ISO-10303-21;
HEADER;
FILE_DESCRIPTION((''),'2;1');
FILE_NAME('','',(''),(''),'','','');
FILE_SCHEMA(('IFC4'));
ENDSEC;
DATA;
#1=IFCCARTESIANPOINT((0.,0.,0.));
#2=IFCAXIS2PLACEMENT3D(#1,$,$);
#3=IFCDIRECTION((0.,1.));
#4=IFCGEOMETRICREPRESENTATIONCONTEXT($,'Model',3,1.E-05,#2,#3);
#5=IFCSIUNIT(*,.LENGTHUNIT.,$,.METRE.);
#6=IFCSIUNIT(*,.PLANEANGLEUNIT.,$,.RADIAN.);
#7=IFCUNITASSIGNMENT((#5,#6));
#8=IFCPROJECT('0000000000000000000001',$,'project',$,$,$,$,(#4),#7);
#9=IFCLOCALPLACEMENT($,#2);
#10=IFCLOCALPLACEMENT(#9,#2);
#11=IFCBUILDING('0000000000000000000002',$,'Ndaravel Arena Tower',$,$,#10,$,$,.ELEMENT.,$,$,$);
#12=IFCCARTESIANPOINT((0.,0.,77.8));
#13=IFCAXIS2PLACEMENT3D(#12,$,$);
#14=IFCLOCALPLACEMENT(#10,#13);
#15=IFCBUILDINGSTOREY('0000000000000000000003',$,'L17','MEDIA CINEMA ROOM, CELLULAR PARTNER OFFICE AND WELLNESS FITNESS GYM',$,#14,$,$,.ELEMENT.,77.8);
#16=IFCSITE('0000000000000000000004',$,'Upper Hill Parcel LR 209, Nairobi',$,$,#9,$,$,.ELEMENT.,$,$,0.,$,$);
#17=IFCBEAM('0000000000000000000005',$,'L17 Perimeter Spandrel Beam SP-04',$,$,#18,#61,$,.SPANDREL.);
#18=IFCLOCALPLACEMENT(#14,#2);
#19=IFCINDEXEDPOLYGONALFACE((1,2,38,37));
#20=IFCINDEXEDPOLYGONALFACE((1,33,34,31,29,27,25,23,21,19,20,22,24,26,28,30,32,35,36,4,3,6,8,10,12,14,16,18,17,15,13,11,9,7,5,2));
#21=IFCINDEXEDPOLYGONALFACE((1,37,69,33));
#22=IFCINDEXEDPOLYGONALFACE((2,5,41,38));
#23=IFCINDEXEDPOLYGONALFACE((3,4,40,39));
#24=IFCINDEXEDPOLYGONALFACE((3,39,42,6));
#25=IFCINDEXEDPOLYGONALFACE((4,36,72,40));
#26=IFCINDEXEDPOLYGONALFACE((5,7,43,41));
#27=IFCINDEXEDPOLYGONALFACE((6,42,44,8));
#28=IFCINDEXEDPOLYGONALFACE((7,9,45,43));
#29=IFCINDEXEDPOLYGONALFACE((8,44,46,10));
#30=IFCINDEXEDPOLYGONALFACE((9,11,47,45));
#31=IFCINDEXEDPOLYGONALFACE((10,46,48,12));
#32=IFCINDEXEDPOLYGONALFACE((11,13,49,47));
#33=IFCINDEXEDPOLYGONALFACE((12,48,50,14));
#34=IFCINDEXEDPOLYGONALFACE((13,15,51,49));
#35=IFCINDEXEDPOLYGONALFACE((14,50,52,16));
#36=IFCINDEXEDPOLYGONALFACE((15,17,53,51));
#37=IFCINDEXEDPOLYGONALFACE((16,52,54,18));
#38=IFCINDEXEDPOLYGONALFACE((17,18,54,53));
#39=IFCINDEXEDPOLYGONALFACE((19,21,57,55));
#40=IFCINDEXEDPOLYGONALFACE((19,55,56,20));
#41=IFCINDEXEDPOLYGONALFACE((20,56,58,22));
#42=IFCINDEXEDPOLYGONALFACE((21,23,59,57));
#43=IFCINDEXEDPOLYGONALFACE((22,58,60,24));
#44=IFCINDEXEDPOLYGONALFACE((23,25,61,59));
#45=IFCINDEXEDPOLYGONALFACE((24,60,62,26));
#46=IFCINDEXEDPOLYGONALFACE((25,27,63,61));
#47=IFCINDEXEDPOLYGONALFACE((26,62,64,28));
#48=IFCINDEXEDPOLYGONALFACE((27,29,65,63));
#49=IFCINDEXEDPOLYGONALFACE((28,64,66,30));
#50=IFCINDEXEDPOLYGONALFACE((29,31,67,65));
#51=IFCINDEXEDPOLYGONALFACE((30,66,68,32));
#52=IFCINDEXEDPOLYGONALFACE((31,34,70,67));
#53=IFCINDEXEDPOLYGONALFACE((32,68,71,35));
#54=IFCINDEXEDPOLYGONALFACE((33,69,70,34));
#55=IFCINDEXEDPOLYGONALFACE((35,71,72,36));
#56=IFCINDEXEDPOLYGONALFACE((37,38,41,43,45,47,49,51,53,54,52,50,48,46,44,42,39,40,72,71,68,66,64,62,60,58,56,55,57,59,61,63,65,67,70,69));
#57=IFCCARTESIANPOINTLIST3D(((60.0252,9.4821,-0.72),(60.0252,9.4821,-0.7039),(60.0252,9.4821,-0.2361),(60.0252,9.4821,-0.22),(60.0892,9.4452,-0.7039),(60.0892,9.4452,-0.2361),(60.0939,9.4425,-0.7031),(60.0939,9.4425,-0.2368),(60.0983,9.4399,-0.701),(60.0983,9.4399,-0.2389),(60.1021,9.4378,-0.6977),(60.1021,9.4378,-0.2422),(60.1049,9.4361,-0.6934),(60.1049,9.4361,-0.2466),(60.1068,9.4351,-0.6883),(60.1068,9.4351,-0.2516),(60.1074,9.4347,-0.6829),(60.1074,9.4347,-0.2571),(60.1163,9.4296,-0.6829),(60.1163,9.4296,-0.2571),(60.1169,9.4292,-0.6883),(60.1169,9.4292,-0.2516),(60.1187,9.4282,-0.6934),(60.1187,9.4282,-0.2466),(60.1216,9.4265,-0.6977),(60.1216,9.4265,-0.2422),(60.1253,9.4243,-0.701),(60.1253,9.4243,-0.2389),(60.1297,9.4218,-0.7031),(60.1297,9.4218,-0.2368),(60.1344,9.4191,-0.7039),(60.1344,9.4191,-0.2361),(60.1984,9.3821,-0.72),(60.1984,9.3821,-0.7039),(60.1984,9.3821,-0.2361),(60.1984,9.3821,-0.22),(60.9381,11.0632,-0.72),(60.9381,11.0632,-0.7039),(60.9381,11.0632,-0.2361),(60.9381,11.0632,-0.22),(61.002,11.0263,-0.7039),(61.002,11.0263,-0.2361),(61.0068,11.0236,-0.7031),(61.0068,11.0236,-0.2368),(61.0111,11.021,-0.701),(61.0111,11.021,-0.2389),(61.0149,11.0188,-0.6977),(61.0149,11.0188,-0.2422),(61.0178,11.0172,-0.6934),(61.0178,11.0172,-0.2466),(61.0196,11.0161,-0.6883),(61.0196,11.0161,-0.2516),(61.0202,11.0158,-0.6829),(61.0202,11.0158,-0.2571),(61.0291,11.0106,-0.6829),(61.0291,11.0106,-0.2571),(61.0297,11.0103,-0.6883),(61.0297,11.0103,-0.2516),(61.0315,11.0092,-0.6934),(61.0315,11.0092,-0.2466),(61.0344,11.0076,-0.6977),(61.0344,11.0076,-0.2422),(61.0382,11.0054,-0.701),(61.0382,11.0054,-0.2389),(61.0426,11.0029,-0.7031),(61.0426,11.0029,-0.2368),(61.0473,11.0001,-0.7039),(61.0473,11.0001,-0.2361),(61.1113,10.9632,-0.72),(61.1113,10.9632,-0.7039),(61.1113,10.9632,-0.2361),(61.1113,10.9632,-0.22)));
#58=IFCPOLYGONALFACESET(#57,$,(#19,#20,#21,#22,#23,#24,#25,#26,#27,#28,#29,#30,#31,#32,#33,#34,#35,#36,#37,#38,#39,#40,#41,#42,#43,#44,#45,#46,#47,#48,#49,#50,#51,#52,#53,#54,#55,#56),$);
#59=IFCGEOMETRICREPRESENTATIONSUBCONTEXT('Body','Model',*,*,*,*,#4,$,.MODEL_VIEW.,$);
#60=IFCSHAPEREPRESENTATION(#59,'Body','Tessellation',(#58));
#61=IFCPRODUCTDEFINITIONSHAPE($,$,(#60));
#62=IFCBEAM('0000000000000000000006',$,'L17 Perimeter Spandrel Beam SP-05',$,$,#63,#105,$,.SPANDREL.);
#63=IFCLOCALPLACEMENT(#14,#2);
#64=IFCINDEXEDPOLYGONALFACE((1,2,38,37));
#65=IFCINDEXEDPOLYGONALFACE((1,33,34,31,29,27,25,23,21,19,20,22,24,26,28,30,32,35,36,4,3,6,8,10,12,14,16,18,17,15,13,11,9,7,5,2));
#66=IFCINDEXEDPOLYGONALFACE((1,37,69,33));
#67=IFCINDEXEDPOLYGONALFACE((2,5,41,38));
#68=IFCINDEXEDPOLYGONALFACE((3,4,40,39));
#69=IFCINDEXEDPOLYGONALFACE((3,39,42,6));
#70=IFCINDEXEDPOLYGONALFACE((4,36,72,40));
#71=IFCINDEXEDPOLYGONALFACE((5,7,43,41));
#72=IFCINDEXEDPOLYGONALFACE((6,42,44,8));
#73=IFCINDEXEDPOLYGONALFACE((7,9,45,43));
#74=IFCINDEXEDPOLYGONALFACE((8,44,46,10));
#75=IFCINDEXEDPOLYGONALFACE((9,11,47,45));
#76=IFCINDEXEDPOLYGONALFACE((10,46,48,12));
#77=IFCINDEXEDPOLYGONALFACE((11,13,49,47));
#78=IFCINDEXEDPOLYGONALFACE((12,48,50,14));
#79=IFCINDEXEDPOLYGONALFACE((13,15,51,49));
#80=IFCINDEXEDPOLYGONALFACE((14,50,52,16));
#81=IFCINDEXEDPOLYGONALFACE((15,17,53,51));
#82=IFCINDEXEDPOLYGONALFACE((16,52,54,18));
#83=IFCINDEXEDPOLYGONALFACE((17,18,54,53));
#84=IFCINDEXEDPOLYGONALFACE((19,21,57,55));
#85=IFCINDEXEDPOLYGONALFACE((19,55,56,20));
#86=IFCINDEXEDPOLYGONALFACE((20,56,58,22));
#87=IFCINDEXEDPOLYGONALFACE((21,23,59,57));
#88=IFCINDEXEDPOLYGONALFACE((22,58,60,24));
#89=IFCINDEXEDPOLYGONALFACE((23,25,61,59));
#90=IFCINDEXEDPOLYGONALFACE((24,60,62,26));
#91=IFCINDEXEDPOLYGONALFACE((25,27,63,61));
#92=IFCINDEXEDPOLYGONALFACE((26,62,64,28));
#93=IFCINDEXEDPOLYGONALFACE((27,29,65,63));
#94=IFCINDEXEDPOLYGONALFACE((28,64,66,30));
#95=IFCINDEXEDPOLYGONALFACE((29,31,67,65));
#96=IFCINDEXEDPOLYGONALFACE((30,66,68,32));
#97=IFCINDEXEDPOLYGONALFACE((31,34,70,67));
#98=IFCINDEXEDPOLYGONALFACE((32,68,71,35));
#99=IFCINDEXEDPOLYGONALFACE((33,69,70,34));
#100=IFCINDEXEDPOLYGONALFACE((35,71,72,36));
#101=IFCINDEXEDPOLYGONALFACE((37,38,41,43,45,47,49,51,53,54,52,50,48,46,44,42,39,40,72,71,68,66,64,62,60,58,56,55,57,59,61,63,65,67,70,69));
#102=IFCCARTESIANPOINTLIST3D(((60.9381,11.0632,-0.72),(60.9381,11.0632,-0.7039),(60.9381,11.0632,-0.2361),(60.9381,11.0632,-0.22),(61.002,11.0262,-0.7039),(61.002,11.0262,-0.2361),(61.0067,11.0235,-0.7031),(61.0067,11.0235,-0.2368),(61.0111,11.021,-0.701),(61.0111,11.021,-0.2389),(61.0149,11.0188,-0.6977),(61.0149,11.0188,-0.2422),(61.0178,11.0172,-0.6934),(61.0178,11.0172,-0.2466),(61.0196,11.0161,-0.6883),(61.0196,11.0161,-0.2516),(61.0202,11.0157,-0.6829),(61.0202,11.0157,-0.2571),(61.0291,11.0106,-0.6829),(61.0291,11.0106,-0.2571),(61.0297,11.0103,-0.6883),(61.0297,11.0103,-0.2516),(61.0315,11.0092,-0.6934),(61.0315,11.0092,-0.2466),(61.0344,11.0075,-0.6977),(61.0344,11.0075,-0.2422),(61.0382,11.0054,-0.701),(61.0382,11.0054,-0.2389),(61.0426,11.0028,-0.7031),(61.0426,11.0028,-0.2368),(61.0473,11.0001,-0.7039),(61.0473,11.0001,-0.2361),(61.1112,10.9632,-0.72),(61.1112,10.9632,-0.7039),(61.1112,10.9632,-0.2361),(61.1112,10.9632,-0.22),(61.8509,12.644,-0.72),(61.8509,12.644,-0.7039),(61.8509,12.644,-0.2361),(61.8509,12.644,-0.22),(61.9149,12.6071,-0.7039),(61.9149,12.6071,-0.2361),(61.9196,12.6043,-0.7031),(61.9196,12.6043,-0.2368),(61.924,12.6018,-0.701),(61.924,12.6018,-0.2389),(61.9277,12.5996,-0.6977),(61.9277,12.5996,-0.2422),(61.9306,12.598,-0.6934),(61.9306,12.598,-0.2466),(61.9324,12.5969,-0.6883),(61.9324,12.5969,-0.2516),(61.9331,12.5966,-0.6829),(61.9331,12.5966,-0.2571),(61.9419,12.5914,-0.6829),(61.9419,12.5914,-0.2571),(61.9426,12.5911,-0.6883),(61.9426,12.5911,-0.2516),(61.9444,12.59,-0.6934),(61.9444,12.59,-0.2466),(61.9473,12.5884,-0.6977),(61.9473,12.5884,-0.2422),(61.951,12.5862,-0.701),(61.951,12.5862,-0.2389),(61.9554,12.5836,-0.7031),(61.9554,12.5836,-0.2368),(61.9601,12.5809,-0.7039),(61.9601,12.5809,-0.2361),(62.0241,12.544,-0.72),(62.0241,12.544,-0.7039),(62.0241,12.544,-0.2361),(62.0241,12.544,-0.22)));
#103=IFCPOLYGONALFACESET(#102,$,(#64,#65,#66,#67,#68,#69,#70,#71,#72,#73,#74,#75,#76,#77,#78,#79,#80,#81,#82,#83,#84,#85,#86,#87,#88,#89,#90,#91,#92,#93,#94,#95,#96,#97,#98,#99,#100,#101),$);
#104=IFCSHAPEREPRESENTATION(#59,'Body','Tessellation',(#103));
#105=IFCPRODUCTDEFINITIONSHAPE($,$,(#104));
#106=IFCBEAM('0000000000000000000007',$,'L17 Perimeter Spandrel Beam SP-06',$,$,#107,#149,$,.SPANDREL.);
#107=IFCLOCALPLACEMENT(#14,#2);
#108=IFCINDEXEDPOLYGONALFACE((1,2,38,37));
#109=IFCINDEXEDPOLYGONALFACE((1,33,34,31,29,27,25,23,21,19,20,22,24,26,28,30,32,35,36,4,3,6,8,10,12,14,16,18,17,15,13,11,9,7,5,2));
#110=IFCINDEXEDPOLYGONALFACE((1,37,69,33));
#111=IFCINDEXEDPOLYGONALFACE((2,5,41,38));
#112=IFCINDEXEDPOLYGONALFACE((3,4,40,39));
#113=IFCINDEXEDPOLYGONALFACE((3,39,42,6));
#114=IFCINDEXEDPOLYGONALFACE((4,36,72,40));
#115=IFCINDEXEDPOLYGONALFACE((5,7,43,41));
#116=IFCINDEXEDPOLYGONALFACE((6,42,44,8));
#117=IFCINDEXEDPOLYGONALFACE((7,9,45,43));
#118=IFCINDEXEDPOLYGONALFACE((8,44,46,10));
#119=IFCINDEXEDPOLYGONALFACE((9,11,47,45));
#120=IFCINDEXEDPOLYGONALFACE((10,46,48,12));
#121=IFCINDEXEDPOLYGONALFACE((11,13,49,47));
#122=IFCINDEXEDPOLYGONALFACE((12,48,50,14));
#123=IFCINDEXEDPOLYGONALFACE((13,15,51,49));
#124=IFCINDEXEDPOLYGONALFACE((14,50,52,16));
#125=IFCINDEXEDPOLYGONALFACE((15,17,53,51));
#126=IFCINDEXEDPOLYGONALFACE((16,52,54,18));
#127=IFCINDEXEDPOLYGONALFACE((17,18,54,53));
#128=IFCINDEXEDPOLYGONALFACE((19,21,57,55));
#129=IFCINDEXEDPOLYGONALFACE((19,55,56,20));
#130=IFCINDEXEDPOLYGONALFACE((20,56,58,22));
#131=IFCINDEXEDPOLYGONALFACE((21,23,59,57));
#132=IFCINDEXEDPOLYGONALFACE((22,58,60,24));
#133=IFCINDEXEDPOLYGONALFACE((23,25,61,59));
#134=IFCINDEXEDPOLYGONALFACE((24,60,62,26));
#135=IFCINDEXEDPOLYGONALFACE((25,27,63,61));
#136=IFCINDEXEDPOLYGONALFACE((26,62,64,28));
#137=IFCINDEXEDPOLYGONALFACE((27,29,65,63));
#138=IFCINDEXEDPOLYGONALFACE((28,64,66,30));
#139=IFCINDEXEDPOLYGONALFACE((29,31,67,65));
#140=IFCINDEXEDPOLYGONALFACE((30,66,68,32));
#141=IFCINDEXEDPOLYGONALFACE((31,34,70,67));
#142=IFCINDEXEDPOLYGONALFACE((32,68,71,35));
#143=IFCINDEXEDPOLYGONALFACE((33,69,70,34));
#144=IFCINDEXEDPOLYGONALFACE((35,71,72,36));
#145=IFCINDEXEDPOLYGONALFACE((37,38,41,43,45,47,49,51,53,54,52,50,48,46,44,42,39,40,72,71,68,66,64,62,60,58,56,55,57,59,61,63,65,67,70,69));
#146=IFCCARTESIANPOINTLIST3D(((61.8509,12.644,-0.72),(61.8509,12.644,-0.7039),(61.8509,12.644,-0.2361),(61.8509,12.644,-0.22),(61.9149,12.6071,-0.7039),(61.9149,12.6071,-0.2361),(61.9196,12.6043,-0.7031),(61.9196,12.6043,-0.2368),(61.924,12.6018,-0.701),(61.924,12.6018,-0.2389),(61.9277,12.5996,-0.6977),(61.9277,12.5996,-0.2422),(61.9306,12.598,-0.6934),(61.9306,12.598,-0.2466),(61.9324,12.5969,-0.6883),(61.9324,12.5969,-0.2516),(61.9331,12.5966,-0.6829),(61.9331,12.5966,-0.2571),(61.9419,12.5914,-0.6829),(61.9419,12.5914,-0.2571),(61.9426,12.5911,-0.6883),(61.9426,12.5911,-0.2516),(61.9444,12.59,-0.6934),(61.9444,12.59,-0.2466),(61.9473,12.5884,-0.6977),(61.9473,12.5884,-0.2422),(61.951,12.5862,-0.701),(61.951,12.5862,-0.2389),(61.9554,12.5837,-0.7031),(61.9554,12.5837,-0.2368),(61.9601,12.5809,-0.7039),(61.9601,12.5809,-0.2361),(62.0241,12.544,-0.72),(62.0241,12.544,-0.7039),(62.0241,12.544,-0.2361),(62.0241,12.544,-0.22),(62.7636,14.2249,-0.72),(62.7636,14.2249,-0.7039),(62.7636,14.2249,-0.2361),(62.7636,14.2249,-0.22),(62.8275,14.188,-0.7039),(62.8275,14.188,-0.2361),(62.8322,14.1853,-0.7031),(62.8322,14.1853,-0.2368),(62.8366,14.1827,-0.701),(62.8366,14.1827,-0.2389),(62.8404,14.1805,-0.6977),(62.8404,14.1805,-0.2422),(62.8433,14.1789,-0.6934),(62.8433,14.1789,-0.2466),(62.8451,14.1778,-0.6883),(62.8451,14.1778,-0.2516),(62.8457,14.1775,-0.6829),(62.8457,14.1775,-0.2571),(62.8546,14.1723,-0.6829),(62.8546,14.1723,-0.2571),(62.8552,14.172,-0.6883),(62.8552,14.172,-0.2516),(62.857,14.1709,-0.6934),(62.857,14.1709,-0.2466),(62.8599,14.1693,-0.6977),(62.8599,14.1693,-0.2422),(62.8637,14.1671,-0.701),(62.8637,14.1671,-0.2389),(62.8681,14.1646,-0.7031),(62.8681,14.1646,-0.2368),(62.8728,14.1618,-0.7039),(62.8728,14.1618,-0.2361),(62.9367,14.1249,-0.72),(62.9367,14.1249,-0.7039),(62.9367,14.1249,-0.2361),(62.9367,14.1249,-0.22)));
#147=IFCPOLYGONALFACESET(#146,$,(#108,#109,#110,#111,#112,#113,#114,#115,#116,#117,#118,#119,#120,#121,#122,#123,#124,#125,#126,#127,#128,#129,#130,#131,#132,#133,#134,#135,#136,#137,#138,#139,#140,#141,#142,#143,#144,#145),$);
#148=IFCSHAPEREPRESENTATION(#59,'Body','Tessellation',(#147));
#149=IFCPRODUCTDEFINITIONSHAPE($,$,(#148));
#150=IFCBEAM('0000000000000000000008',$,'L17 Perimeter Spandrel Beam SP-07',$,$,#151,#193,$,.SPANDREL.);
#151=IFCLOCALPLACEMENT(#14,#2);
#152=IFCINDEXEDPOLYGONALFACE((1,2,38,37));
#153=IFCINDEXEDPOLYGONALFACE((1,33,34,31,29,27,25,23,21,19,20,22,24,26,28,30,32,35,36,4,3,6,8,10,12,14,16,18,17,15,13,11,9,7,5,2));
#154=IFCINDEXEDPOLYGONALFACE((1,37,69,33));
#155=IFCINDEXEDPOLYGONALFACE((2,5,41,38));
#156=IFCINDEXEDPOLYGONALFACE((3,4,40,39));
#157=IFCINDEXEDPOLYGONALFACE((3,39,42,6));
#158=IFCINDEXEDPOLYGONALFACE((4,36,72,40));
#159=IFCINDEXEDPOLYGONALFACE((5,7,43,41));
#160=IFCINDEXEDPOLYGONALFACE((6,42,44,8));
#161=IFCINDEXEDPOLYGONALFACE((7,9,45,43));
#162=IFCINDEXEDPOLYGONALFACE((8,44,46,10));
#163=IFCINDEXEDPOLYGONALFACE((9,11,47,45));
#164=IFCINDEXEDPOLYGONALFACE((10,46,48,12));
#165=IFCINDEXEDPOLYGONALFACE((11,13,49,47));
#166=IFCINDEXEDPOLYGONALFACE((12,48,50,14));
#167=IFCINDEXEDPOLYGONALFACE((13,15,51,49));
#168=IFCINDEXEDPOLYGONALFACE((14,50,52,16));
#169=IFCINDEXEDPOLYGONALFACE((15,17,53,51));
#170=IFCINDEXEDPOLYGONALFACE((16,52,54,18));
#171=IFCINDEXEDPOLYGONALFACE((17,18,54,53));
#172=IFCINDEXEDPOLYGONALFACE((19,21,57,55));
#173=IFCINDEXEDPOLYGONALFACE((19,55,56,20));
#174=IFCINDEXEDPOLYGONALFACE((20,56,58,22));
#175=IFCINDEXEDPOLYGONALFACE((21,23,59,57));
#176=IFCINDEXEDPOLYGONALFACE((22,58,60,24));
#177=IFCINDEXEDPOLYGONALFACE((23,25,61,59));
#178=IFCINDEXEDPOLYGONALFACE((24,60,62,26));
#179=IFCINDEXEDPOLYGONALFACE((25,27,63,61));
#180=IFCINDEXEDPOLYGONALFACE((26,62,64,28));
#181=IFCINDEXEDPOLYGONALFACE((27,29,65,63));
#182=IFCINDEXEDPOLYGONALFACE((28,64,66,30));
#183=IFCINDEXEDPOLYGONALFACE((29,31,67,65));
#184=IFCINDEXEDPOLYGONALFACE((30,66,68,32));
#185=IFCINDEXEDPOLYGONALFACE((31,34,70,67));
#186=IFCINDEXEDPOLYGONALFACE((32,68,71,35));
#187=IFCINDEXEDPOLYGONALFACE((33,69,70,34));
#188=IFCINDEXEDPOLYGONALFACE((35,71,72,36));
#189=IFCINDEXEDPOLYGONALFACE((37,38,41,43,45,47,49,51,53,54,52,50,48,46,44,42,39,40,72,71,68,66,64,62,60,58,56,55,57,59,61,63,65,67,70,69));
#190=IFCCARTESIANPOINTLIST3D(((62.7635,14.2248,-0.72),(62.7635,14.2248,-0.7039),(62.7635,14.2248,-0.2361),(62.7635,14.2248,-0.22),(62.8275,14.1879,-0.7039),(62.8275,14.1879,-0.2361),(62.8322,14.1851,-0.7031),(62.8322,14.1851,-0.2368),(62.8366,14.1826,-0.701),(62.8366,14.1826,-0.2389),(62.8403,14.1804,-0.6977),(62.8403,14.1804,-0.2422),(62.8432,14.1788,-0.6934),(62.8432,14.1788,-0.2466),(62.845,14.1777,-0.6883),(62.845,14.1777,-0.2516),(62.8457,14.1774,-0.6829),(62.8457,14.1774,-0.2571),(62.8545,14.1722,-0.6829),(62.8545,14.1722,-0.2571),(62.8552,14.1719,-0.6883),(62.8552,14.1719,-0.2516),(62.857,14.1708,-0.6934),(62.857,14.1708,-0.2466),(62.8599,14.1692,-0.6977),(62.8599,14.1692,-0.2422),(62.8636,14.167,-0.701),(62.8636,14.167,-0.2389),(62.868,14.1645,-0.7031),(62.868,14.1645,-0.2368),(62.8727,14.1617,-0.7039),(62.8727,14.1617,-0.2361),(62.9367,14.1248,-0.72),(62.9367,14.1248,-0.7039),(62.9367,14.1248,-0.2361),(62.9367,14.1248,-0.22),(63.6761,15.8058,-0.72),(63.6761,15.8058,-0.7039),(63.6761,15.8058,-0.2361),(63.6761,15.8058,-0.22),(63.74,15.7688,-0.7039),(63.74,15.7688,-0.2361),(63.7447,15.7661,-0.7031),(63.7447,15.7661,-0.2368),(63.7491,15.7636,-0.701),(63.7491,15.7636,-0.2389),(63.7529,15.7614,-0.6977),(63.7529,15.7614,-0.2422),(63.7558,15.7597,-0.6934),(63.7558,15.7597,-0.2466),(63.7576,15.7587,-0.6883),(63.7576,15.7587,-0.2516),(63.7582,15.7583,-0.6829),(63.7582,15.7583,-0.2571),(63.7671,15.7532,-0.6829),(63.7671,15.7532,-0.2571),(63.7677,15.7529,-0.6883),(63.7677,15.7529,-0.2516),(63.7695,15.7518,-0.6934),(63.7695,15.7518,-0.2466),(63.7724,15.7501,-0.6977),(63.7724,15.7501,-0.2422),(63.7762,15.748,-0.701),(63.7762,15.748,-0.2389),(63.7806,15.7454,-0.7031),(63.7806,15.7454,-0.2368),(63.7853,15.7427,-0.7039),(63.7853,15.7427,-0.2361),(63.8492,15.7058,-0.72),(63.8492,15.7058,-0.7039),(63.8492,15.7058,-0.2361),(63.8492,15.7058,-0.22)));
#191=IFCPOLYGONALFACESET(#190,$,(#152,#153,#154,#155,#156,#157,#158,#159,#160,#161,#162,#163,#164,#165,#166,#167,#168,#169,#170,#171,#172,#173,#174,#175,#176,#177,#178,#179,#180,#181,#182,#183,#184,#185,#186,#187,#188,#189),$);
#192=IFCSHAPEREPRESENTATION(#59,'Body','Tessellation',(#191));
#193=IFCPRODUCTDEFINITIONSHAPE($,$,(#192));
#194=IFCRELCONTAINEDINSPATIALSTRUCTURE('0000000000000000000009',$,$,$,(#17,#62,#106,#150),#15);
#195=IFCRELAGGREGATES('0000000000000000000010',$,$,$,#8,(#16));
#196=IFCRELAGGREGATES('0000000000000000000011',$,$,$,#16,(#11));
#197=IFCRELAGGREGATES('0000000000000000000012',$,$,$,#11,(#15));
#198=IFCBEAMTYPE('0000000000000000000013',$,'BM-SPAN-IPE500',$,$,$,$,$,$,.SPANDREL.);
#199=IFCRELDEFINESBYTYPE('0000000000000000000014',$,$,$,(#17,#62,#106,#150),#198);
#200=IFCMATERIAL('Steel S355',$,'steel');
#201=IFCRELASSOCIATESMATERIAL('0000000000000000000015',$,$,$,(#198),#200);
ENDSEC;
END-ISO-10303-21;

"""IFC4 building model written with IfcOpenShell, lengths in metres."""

from ifc_helpers import new_model, si_unit, direction, frame, origin, origin_2d, place, context, subcontext, project, spatial, i_section, extrude, material, material_profile, profile_set, type_object, element, save


model = new_model("IFC4")

# Units and contexts
model_context = context("Model", 3, precision=1e-05, world=origin(), true_north=direction((0.0, 1.0)))
body_context = subcontext(model_context, "Body", "Model", "MODEL_VIEW")
ifc_project = project(units=[si_unit("LENGTHUNIT", "METRE"), si_unit("PLANEANGLEUNIT", "RADIAN")], contexts=[model_context])

# Site, building, storey
site_placement = place(None, origin())
site = spatial("IfcSite", under=ifc_project, at=site_placement, Name="Upper Hill Parcel LR 209, Nairobi", CompositionType="ELEMENT", RefElevation=0.0)
building_placement = place(site_placement, origin())
building = spatial("IfcBuilding", under=site, at=building_placement, Name="Ndaravel Arena Tower", CompositionType="ELEMENT")
storey_placement = place(building_placement, frame((0.0, 0.0, 77.8)))
storey = spatial("IfcBuildingStorey", under=building, at=storey_placement, Name="L17", Description="MEDIA CINEMA ROOM, CELLULAR PARTNER OFFICE AND WELLNESS FITNESS GYM", CompositionType="ELEMENT", Elevation=77.8)

# Beams
ifc_material_1 = material(Name="Steel S355", Category="steel")
ifc_material_profile_1 = material_profile(ifc_material_1, i_section(OverallWidth=0.2, OverallDepth=0.5, WebThickness=0.0103, FlangeThickness=0.0161, FilletRadius=0.021, at=origin_2d()), Name="IPE 500")
ifc_profile_set_1 = profile_set([ifc_material_profile_1], Name="Steel S355")
beam_type = type_object("IfcBeamType", Name="BM-SPAN-IPE500", PredefinedType="SPANDREL", material=ifc_profile_set_1)
beam_placement = place(storey_placement, frame((60.1118, 9.4321, -0.47), z_axis=(0.500008, 0.866021, 0.0), x_axis=(-0.866021, 0.500008, 0.0)))
element("IfcBeam", 1, at=beam_placement, inside=storey, type_object=beam_type, Name="L17 Perimeter Spandrel Beam SP-04", PredefinedType="SPANDREL", context=body_context, shape_type="SweptSolid", body=[
    extrude(i_section(OverallWidth=0.2, OverallDepth=0.5, WebThickness=0.0103, FlangeThickness=0.0161, FilletRadius=0.021, at=origin_2d()), origin(), (0.0, 0.0, 1.0), 1.8257),
])
for number, where, z_axis, x_axis, name in (
    (2, (61.0247, 11.0132, -0.47), (0.500066, 0.865987, 0.0), (-0.865987, 0.500066, 0.0), "L17 Perimeter Spandrel Beam SP-05"),
    (3, (61.9375, 12.594, -0.47), (0.499966, 0.866045, 0.0), (-0.866045, 0.499966, 0.0), "L17 Perimeter Spandrel Beam SP-06"),
    (4, (62.8501, 14.1748, -0.47), (0.499908, 0.866079, 0.0), (-0.866079, 0.499908, 0.0), "L17 Perimeter Spandrel Beam SP-07"),
):
    element("IfcBeam", number, at=place(storey_placement, frame(where, z_axis=z_axis, x_axis=x_axis)), inside=storey, type_object=beam_type, Name=name, PredefinedType="SPANDREL", context=body_context, shape_type="SweptSolid", body=[
        extrude(i_section(OverallWidth=0.2, OverallDepth=0.5, WebThickness=0.0103, FlangeThickness=0.0161, FilletRadius=0.021, at=origin_2d()), origin(), (0.0, 0.0, 1.0), 1.8254),
    ])

save(model, "model.ifc")
